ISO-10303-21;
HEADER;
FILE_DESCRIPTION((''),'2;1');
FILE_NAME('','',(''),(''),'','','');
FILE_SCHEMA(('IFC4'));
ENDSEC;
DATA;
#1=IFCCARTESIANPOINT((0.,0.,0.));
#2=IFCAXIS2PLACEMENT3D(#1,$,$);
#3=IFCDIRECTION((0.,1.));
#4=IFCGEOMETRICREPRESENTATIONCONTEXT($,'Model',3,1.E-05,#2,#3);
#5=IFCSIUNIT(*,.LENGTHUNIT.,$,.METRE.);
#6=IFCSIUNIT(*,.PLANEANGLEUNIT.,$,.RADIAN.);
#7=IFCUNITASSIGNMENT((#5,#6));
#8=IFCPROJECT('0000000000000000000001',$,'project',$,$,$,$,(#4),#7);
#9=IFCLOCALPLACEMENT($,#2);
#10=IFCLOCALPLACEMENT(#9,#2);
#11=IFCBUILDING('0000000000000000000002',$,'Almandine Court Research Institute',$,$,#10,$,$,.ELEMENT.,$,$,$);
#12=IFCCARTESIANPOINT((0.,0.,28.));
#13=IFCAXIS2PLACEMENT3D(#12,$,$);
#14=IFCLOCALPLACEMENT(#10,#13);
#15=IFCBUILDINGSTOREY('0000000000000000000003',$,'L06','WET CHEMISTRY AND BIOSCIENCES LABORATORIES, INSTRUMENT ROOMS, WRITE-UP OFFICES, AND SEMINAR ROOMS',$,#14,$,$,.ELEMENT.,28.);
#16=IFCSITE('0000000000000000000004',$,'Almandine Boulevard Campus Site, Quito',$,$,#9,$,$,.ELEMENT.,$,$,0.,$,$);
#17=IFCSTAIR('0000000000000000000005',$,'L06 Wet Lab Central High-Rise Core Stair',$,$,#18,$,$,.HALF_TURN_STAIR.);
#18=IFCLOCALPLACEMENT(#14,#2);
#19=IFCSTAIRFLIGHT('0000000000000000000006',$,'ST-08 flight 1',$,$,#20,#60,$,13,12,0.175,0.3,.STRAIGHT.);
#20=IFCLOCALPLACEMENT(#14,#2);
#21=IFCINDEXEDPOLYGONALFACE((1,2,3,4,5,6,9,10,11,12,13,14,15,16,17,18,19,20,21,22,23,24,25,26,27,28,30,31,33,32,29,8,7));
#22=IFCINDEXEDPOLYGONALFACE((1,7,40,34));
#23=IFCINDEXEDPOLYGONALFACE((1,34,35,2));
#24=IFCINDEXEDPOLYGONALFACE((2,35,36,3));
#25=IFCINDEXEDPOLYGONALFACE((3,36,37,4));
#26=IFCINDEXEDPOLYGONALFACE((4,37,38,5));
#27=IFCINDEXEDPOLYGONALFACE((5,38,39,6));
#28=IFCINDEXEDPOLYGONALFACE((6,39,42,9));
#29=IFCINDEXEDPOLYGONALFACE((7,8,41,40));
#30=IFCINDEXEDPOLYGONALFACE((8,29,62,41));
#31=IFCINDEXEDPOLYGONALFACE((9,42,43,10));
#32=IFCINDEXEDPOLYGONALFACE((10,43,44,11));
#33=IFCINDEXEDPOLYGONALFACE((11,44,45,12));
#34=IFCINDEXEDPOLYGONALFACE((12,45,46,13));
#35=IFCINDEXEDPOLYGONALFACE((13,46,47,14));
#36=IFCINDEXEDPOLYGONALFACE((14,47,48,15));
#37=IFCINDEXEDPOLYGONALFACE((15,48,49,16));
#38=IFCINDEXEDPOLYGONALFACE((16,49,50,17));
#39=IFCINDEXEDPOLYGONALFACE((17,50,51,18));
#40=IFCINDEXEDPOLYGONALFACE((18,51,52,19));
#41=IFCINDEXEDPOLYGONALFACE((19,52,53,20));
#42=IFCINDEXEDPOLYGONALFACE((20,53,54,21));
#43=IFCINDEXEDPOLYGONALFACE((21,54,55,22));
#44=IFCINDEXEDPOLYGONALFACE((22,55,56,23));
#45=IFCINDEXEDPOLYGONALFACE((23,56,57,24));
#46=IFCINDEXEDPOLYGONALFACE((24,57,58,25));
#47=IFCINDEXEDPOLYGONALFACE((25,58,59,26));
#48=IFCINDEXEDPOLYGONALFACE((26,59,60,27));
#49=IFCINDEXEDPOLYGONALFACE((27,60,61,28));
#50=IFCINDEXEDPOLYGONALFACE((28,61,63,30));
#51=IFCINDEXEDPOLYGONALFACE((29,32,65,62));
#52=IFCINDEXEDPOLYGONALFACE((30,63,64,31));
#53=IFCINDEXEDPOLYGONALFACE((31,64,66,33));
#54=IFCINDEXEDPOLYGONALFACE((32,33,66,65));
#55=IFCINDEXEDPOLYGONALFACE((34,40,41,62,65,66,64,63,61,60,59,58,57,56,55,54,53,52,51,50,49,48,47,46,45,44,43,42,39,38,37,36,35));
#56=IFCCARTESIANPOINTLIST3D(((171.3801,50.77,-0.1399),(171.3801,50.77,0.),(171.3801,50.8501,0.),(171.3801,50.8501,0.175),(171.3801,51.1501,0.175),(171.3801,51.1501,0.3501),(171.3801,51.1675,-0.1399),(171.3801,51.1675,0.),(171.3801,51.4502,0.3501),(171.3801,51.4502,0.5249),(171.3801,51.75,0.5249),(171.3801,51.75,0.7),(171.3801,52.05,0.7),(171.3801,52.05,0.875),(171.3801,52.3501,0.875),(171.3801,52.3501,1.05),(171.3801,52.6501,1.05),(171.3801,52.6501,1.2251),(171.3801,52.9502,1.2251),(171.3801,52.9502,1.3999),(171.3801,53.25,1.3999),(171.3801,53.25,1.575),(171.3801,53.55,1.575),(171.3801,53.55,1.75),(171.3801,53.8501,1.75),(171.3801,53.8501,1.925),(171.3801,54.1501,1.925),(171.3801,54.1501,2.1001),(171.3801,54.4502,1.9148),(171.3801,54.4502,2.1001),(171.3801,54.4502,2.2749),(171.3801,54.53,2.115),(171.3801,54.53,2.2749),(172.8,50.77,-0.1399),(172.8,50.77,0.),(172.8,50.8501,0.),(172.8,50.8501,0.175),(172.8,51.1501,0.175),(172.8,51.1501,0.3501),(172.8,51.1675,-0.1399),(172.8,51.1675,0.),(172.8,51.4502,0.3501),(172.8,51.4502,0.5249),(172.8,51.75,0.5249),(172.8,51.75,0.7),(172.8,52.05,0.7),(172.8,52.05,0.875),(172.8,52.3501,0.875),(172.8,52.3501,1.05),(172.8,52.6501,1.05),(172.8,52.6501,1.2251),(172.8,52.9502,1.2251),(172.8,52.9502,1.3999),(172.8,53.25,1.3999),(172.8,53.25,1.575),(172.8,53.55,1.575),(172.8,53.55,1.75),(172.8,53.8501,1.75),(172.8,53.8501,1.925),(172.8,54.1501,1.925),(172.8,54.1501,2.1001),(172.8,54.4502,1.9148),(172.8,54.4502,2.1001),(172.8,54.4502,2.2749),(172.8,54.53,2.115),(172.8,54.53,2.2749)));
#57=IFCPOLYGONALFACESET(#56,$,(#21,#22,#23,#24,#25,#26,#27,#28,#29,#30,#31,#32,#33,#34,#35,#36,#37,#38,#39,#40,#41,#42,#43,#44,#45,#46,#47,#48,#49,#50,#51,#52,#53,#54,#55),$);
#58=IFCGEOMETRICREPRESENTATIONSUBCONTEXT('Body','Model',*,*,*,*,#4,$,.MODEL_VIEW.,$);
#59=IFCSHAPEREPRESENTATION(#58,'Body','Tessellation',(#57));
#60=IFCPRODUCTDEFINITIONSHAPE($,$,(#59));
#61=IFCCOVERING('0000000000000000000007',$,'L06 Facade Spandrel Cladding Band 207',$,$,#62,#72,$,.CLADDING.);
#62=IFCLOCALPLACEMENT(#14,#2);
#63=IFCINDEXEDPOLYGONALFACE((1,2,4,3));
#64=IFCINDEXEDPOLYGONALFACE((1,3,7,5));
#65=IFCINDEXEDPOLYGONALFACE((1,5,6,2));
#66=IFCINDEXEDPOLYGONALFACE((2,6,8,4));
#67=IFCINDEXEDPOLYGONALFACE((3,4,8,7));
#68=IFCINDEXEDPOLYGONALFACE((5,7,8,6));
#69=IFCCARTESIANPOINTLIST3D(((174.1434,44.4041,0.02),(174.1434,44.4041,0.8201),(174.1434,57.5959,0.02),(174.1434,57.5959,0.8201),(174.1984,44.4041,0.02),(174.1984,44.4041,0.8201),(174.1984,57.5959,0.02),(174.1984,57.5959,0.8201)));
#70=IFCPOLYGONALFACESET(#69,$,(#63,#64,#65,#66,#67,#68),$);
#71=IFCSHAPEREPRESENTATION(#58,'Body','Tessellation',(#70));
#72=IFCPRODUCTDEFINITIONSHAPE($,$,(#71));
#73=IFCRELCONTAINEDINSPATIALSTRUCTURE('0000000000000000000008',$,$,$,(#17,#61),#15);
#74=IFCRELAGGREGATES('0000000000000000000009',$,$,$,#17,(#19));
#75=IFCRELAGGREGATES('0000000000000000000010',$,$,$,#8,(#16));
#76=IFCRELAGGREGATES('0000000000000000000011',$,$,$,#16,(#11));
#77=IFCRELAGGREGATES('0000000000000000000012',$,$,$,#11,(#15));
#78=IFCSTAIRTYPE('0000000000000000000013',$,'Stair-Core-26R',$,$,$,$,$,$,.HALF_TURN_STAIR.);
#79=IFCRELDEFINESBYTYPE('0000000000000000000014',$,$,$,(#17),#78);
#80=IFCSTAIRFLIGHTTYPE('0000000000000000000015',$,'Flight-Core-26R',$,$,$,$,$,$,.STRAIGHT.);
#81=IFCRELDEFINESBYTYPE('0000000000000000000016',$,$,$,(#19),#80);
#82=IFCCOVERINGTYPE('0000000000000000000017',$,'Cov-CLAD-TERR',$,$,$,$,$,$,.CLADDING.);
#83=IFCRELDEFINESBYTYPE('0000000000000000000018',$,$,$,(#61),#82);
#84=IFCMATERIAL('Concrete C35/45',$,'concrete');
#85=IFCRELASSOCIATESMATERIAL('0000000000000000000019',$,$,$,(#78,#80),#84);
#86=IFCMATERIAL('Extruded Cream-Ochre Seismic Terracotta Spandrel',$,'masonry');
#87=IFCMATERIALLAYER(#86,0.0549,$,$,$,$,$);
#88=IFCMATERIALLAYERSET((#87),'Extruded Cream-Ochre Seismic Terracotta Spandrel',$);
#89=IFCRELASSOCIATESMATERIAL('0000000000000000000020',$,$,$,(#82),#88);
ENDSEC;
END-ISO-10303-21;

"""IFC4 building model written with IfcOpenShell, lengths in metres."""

from ifc_helpers import new_model, si_unit, direction, frame, origin, origin_2d, place, context, subcontext, project, spatial, polyline, rectangle, outline, extrude, material, layer, layer_set, type_object, element, aggregate, save


model = new_model("IFC4")

# Units and contexts
model_context = context("Model", 3, precision=1e-05, world=origin(), true_north=direction((0.0, 1.0)))
body_context = subcontext(model_context, "Body", "Model", "MODEL_VIEW")
ifc_project = project(units=[si_unit("LENGTHUNIT", "METRE"), si_unit("PLANEANGLEUNIT", "RADIAN")], contexts=[model_context])

# Site, building, storey
site_placement = place(None, origin())
site = spatial("IfcSite", under=ifc_project, at=site_placement, Name="Almandine Boulevard Campus Site, Quito", CompositionType="ELEMENT", RefElevation=0.0)
building_placement = place(site_placement, origin())
building = spatial("IfcBuilding", under=site, at=building_placement, Name="Almandine Court Research Institute", CompositionType="ELEMENT")
storey_placement = place(building_placement, frame((0.0, 0.0, 28.0)))
storey = spatial("IfcBuildingStorey", under=building, at=storey_placement, Name="L06", Description="WET CHEMISTRY AND BIOSCIENCES LABORATORIES, INSTRUMENT ROOMS, WRITE-UP OFFICES, AND SEMINAR ROOMS", CompositionType="ELEMENT", Elevation=28.0)

# Stair, stair flight
ifc_material_1 = material(Name="Concrete C35/45", Category="concrete")
stair_type = type_object("IfcStairType", Name="Stair-Core-26R", PredefinedType="HALF_TURN_STAIR", material=ifc_material_1)
stair_placement = place(storey_placement, origin())
stair = element("IfcStair", 1, at=stair_placement, inside=storey, type_object=stair_type, Name="L06 Wet Lab Central High-Rise Core Stair", PredefinedType="HALF_TURN_STAIR")
stair_flight_type = type_object("IfcStairFlightType", Name="Flight-Core-26R", PredefinedType="STRAIGHT", material=ifc_material_1)
stair_flight_placement = place(storey_placement, frame((172.0901, 50.8501, 0.0), z_axis=(0.0, 0.0, 1.0), x_axis=(0.0, 1.0, 0.0)))
stair_flight = element("IfcStairFlight", 2, at=stair_flight_placement, type_object=stair_flight_type, Name="ST-08 flight 1", NumberOfRisers=13, NumberOfTreads=12, PredefinedType="STRAIGHT", RiserHeight=0.175, TreadLength=0.3, context=body_context, shape_type="SweptSolid", body=[
    extrude(outline(polyline([(-0.0801, -0.1399), (-0.0801, 0.0), (0.0, 0.0), (0.0, 0.175), (0.3, 0.175), (0.3, 0.3501), (0.6001, 0.3501), (0.6001, 0.5249), (0.8999, 0.5249), (0.8999, 0.7), (1.2, 0.7), (1.2, 0.875), (1.5, 0.875), (1.5, 1.05), (1.8, 1.05), (1.8, 1.2251), (2.1001, 1.2251), (2.1001, 1.3999), (2.3999, 1.3999), (2.3999, 1.575), (2.7, 1.575), (2.7, 1.75), (3.0, 1.75), (3.0, 1.925), (3.3, 1.925), (3.3, 2.1001), (3.6001, 2.1001), (3.6001, 2.2749), (3.6799, 2.2749), (3.6799, 2.115), (3.6001, 1.9148), (0.3174, 0.0), (0.3174, -0.1399), (-0.0801, -0.1399)])), frame((0.0, 0.71, 0.0), z_axis=(0.0, -1.0, 0.0), x_axis=(1.0, 0.0, 0.0)), (0.0, 0.0, 1.0), 1.4199),
])
aggregate(stair, [stair_flight])

# Covering
ifc_material_2 = material(Name="Extruded Cream-Ochre Seismic Terracotta Spandrel", Category="masonry")
ifc_layer_1 = layer(ifc_material_2, 0.0549)
ifc_layer_set_1 = layer_set([ifc_layer_1], Name="Extruded Cream-Ochre Seismic Terracotta Spandrel")
covering_type = type_object("IfcCoveringType", Name="Cov-CLAD-TERR", PredefinedType="CLADDING", material=ifc_layer_set_1)
covering_placement = place(storey_placement, frame((174.1709, 51.0, 0.02), z_axis=(0.0, 0.0, 1.0), x_axis=(0.0, -1.0, 0.0)))
element("IfcCovering", 3, at=covering_placement, inside=storey, type_object=covering_type, Name="L06 Facade Spandrel Cladding Band 207", PredefinedType="CLADDING", context=body_context, shape_type="SweptSolid", body=[
    extrude(rectangle(XDim=13.1919, YDim=0.0549, at=origin_2d()), origin(), (0.0, 0.0, 1.0), 0.8),
])

save(model, "model.ifc")
